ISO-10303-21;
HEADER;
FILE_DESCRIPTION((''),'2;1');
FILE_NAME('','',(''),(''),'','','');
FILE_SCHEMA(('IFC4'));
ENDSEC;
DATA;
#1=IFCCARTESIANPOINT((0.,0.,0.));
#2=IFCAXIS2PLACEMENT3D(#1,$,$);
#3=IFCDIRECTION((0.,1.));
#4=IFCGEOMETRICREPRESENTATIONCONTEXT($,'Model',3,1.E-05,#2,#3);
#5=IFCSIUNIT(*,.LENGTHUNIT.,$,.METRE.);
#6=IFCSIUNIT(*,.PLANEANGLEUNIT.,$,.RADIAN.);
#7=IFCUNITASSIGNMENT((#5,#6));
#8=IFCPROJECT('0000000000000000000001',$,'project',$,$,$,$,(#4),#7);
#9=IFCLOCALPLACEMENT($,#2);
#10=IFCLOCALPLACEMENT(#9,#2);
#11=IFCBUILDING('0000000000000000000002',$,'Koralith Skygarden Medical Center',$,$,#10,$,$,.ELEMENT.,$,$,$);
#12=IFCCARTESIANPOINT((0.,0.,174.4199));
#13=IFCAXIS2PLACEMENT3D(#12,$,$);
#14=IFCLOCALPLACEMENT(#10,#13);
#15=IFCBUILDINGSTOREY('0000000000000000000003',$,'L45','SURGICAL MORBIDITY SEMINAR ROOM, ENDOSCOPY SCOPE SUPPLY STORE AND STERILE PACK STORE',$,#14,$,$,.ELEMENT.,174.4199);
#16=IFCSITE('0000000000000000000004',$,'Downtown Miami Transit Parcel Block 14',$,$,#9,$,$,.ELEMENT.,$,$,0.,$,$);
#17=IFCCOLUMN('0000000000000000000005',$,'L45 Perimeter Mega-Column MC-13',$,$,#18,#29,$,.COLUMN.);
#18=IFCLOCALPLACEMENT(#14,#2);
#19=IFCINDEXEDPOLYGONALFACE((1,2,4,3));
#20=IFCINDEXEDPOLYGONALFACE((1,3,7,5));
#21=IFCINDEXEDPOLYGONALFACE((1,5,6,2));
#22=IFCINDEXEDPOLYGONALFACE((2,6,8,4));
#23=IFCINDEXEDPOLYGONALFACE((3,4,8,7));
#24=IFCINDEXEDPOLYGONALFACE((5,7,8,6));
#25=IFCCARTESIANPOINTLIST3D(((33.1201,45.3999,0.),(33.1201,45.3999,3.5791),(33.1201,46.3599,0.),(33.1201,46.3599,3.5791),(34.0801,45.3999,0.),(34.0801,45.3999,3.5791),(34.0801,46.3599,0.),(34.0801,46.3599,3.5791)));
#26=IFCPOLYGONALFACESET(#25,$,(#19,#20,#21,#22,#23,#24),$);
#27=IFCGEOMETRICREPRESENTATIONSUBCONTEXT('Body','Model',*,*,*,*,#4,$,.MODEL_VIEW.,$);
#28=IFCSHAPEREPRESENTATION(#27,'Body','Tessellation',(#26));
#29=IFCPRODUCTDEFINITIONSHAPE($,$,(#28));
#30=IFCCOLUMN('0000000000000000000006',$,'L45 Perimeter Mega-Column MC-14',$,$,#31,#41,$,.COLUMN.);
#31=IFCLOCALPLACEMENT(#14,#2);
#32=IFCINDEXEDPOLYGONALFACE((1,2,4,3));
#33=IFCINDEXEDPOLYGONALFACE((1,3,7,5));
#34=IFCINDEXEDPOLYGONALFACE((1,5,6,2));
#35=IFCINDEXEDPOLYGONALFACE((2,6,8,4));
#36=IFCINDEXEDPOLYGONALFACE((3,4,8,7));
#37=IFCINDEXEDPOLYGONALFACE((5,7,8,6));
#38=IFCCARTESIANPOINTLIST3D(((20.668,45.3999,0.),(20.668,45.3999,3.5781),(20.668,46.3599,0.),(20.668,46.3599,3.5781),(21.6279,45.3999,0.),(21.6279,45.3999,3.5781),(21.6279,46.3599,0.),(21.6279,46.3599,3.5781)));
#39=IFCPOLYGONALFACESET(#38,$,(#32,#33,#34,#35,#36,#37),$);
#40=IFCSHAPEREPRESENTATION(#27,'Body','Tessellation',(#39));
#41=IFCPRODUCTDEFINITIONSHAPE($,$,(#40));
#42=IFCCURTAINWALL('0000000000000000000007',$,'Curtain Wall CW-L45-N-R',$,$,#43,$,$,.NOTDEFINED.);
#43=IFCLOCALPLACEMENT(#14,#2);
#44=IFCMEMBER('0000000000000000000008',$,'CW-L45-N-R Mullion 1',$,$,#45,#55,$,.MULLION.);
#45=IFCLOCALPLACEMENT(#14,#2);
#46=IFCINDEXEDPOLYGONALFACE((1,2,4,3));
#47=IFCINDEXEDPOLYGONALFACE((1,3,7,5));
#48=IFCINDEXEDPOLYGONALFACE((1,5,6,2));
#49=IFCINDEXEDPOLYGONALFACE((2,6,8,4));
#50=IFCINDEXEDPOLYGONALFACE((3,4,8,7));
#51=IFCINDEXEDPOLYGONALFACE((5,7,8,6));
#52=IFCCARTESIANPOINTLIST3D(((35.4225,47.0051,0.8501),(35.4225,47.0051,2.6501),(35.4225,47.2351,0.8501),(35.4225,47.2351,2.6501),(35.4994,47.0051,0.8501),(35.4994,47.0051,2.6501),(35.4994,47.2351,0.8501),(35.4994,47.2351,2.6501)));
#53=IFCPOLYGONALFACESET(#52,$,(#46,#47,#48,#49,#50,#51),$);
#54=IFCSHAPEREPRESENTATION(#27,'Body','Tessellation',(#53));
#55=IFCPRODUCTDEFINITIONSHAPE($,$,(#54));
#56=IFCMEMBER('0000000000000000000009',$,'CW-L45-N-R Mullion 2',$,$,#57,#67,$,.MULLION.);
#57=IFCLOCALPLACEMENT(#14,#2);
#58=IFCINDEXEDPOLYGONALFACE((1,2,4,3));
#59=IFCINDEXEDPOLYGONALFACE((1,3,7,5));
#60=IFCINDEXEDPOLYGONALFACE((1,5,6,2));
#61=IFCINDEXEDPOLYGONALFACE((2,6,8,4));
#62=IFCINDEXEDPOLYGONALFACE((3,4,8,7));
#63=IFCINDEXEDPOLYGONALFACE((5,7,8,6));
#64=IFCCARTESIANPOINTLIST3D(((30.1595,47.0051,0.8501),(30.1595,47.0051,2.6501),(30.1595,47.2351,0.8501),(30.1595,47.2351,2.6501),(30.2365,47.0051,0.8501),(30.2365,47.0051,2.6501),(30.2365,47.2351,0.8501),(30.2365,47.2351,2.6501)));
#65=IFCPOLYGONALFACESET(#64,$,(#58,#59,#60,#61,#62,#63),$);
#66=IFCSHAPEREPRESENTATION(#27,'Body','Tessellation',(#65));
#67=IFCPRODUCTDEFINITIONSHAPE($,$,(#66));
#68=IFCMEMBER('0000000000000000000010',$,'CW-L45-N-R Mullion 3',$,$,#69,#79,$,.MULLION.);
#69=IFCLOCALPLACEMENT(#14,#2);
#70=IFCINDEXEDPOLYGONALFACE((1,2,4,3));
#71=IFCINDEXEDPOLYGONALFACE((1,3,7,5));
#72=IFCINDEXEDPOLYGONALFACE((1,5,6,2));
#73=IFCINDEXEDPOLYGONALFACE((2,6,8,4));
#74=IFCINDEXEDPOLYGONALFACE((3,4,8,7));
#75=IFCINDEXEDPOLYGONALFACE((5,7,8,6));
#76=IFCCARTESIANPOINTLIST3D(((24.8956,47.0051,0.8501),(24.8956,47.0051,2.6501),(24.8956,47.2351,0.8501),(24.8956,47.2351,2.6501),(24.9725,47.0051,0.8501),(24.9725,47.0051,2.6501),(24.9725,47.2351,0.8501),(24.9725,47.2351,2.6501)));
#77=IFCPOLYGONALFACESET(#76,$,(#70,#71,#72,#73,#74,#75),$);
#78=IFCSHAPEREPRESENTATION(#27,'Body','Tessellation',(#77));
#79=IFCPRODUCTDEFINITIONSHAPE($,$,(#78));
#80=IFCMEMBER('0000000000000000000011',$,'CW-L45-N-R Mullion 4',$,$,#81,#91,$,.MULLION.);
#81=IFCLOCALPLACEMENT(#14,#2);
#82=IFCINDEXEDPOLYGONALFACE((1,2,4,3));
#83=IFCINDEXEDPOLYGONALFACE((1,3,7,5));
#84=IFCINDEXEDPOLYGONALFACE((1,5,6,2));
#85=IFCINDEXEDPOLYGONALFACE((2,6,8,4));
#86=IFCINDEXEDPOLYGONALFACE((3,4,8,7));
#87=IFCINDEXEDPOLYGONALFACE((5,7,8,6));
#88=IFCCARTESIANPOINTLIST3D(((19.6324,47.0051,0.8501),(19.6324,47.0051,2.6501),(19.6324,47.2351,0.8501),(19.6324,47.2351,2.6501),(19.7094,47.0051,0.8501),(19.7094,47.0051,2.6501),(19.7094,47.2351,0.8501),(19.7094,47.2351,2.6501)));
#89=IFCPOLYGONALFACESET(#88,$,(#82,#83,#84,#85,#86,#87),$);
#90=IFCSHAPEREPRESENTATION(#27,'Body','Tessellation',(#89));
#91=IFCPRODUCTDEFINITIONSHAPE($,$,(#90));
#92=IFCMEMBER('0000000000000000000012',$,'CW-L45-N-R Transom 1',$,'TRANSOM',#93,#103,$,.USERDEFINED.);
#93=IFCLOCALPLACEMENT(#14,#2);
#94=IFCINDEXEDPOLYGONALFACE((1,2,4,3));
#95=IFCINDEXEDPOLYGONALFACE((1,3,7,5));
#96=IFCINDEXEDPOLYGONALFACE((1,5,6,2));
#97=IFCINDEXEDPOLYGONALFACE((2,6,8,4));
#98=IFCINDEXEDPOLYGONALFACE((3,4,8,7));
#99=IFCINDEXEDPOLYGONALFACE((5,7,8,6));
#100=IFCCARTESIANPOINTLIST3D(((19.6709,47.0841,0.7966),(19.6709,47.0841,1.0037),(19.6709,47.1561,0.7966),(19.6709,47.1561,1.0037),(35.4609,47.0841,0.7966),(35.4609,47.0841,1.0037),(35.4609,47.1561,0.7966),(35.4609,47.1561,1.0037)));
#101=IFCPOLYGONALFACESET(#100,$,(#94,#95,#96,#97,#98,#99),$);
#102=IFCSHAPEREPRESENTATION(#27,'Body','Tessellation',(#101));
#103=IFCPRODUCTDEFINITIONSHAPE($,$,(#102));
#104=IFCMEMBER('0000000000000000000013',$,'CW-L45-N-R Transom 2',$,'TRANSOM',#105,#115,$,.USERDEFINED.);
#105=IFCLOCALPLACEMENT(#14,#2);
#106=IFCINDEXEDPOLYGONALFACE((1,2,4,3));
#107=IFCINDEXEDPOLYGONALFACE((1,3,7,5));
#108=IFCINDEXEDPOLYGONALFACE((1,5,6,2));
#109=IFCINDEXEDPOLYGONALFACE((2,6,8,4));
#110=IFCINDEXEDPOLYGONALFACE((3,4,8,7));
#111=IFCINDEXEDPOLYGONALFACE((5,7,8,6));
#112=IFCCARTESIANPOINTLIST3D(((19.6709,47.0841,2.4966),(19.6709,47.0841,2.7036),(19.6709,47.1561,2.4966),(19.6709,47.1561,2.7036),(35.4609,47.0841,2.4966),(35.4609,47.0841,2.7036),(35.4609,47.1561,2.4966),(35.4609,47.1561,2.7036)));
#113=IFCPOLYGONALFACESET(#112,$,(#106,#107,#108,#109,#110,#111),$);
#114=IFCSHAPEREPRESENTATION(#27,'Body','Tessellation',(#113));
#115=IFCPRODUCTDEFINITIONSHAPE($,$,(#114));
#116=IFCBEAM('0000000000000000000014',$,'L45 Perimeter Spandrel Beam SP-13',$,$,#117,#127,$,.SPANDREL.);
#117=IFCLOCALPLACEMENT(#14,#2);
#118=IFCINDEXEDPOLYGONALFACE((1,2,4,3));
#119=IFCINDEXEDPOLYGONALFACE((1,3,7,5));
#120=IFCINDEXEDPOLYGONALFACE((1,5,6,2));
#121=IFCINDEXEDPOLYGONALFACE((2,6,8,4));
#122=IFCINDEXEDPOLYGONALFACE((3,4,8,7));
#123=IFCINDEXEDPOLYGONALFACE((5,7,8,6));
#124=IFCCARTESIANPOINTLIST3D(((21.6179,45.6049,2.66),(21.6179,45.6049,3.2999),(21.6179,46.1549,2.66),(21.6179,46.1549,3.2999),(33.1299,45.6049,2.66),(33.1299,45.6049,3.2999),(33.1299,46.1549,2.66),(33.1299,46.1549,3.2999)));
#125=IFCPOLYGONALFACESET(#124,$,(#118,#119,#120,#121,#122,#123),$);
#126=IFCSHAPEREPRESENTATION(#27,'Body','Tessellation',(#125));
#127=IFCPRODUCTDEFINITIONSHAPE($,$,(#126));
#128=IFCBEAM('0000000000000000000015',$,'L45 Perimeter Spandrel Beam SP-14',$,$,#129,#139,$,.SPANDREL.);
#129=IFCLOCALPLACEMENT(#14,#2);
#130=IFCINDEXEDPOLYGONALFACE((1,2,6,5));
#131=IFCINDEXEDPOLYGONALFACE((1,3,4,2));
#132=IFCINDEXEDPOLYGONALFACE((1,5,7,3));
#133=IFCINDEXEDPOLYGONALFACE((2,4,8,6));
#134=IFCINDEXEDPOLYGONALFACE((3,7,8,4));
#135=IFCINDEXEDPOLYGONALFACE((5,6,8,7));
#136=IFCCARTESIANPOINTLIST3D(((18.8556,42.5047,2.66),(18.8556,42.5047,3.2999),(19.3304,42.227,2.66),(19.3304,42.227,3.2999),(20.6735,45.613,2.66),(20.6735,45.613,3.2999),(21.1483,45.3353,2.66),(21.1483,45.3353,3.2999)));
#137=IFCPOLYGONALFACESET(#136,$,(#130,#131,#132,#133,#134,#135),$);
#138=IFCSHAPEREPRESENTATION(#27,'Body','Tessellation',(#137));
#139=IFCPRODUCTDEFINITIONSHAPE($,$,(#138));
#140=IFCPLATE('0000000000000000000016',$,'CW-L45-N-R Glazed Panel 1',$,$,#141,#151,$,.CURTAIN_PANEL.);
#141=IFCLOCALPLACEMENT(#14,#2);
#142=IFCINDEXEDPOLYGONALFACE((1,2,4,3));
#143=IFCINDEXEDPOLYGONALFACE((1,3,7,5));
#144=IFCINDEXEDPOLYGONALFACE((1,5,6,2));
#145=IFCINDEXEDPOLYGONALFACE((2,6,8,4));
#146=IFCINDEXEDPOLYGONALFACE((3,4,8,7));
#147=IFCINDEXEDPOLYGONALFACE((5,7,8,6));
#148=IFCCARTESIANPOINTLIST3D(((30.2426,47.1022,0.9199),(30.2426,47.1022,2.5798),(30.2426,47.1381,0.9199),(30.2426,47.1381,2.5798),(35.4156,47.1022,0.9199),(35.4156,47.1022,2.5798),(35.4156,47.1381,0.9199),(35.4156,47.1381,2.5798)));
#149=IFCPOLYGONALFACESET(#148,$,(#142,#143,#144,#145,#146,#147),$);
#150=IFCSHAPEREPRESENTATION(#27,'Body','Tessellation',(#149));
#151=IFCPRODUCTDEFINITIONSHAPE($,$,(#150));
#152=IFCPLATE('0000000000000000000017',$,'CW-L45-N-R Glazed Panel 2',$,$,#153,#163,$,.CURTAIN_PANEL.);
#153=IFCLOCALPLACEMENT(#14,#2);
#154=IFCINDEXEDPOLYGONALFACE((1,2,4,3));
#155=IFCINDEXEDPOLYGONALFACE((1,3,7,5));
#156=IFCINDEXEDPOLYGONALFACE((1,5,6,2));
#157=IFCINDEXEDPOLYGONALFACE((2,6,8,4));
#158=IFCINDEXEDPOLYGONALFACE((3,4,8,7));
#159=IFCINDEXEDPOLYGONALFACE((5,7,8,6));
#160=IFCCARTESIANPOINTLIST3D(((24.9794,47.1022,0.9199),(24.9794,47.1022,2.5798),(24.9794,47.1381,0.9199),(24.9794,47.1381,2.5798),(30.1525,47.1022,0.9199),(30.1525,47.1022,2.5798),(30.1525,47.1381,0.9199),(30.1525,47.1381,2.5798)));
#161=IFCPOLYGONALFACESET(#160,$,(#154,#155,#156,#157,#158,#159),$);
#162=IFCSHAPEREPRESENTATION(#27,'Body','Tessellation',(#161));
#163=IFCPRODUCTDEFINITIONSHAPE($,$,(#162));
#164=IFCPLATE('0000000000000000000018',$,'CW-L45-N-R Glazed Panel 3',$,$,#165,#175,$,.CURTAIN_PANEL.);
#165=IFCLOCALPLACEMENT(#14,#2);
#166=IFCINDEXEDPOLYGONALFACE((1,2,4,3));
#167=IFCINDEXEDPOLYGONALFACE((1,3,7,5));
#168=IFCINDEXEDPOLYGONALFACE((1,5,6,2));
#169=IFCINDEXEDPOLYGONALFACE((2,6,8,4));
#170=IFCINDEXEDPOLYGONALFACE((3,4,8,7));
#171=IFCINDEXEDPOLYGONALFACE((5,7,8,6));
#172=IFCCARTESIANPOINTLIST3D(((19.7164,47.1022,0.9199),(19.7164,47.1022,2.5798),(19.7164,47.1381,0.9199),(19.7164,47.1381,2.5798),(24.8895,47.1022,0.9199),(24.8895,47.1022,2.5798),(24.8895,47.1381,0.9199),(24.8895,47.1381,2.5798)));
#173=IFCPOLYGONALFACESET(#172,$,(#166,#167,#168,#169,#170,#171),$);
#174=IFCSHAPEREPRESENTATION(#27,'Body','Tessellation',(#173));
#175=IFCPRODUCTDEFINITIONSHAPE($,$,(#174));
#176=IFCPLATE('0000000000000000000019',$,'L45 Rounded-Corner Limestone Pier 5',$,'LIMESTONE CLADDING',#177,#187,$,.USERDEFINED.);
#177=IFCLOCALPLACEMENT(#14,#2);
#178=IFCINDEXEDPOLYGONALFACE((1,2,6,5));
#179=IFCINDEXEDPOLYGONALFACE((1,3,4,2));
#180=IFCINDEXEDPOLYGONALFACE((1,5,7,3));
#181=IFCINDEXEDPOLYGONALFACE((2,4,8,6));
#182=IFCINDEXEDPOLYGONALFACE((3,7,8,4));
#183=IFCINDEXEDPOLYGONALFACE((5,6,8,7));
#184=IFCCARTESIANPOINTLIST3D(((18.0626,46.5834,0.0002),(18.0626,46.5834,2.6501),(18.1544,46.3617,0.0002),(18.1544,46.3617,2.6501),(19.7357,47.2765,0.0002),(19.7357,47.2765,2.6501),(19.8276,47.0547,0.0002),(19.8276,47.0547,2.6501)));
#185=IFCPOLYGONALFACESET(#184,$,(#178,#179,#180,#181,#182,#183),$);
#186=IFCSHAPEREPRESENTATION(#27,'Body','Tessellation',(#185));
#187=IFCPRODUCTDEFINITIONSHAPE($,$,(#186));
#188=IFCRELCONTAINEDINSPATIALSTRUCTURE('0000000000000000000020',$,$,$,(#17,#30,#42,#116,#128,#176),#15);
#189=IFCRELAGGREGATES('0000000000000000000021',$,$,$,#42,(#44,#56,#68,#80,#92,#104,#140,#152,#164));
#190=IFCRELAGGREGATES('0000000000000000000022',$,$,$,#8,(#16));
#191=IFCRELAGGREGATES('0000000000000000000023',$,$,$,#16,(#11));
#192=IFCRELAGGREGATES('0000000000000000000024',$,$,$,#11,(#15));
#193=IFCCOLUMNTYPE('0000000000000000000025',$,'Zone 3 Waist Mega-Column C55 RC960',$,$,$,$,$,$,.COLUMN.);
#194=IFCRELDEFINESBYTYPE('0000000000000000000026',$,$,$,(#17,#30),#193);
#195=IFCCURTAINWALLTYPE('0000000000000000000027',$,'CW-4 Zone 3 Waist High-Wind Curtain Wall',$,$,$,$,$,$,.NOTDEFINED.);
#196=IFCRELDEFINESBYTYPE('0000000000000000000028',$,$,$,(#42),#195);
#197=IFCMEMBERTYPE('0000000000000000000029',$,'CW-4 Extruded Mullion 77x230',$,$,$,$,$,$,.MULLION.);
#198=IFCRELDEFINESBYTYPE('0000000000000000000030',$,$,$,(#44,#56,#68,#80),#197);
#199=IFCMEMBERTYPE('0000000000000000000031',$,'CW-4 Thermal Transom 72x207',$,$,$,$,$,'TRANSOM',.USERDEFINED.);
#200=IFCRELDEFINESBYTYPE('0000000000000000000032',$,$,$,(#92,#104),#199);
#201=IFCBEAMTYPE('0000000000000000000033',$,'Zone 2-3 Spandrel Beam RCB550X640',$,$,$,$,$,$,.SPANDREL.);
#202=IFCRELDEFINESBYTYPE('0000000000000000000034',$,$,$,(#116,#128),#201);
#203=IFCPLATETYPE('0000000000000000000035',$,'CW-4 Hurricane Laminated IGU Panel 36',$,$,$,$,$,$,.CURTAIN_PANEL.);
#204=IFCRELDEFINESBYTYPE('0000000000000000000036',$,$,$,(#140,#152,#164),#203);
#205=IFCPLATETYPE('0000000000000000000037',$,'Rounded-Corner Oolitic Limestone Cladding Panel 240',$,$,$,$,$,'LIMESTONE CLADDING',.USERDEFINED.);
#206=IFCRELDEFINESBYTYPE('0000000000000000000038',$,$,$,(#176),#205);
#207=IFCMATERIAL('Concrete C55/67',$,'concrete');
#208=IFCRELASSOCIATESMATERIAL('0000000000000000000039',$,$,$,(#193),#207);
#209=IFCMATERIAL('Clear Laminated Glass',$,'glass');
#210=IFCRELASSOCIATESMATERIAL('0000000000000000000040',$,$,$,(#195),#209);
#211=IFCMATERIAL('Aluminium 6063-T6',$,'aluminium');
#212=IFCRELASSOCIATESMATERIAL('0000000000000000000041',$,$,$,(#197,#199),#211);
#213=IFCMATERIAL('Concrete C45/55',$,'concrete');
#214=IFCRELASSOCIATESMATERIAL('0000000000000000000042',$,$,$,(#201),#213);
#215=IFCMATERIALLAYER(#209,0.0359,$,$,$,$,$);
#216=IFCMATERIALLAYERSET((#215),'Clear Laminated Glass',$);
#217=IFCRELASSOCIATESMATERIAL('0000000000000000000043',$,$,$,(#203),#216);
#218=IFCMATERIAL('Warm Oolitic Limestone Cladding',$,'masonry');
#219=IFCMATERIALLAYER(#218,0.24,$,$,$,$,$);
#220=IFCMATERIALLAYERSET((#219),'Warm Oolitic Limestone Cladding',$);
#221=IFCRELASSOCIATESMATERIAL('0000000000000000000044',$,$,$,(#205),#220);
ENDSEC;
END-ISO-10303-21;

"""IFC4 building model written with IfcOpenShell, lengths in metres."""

from ifc_helpers import new_model, si_unit, direction, frame, origin, origin_2d, place, context, subcontext, project, spatial, rectangle, extrude, material, layer, layer_set, material_profile, profile_set, type_object, element, aggregate, save


model = new_model("IFC4")

# Units and contexts
model_context = context("Model", 3, precision=1e-05, world=origin(), true_north=direction((0.0, 1.0)))
body_context = subcontext(model_context, "Body", "Model", "MODEL_VIEW")
ifc_project = project(units=[si_unit("LENGTHUNIT", "METRE"), si_unit("PLANEANGLEUNIT", "RADIAN")], contexts=[model_context])

# Site, building, storey
site_placement = place(None, origin())
site = spatial("IfcSite", under=ifc_project, at=site_placement, Name="Downtown Miami Transit Parcel Block 14", CompositionType="ELEMENT", RefElevation=0.0)
building_placement = place(site_placement, origin())
building = spatial("IfcBuilding", under=site, at=building_placement, Name="Koralith Skygarden Medical Center", CompositionType="ELEMENT")
storey_placement = place(building_placement, frame((0.0, 0.0, 174.4199)))
storey = spatial("IfcBuildingStorey", under=building, at=storey_placement, Name="L45", Description="SURGICAL MORBIDITY SEMINAR ROOM, ENDOSCOPY SCOPE SUPPLY STORE AND STERILE PACK STORE", CompositionType="ELEMENT", Elevation=174.4199)

# Columns
ifc_material_1 = material(Name="Concrete C55/67", Category="concrete")
ifc_material_profile_1 = material_profile(ifc_material_1, rectangle(XDim=0.96, YDim=0.96, at=origin_2d()), Name="RC960X960")
ifc_profile_set_1 = profile_set([ifc_material_profile_1], Name="Concrete C55/67")
column_type = type_object("IfcColumnType", Name="Zone 3 Waist Mega-Column C55 RC960", PredefinedType="COLUMN", material=ifc_profile_set_1)
column_1_placement = place(storey_placement, frame((33.6001, 45.8799, 0.0), z_axis=(0.0, 0.0, 1.0), x_axis=(1.0, 0.0, 0.0)))
element("IfcColumn", 1, at=column_1_placement, inside=storey, type_object=column_type, Name="L45 Perimeter Mega-Column MC-13", PredefinedType="COLUMN", context=body_context, shape_type="SweptSolid", body=[
    extrude(rectangle(XDim=0.96, YDim=0.96, at=origin_2d()), origin(), (0.0, 0.0, 1.0), 3.5791),
])
column_2_placement = place(storey_placement, frame((21.1479, 45.8799, 0.0), z_axis=(0.0, 0.0, 1.0), x_axis=(1.0, 0.0, 0.0)))
element("IfcColumn", 2, at=column_2_placement, inside=storey, type_object=column_type, Name="L45 Perimeter Mega-Column MC-14", PredefinedType="COLUMN", context=body_context, shape_type="SweptSolid", body=[
    extrude(rectangle(XDim=0.96, YDim=0.96, at=origin_2d()), origin(), (0.0, 0.0, 1.0), 3.5781),
])

# Curtain wall, members
ifc_material_2 = material(Name="Clear Laminated Glass", Category="glass")
curtain_wall_type = type_object("IfcCurtainWallType", Name="CW-4 Zone 3 Waist High-Wind Curtain Wall", PredefinedType="NOTDEFINED", material=ifc_material_2)
curtain_wall_placement = place(storey_placement, origin())
curtain_wall = element("IfcCurtainWall", 3, at=curtain_wall_placement, inside=storey, type_object=curtain_wall_type, Name="Curtain Wall CW-L45-N-R", PredefinedType="NOTDEFINED")
ifc_material_3 = material(Name="Aluminium 6063-T6", Category="aluminium")
ifc_material_profile_2 = material_profile(ifc_material_3, rectangle(XDim=0.0769, YDim=0.23, at=origin_2d()), Name="MUL77X230")
ifc_profile_set_2 = profile_set([ifc_material_profile_2], Name="Aluminium 6063-T6")
member_type_1 = type_object("IfcMemberType", Name="CW-4 Extruded Mullion 77x230", PredefinedType="MULLION", material=ifc_profile_set_2)
member_1_placement = place(storey_placement, frame((35.4609, 47.1201, 0.8501), z_axis=(0.0, 0.0, 1.0), x_axis=(1.0, 0.0, 0.0)))
member_1 = element("IfcMember", 4, at=member_1_placement, type_object=member_type_1, Name="CW-L45-N-R Mullion 1", PredefinedType="MULLION", context=body_context, shape_type="SweptSolid", body=[
    extrude(rectangle(XDim=0.0769, YDim=0.23, at=origin_2d()), origin(), (0.0, 0.0, 1.0), 1.8),
])
member_2_placement = place(storey_placement, frame((30.198, 47.1201, 0.8501), z_axis=(0.0, 0.0, 1.0), x_axis=(1.0, 0.0, 0.0)))
member_2 = element("IfcMember", 5, at=member_2_placement, type_object=member_type_1, Name="CW-L45-N-R Mullion 2", PredefinedType="MULLION", context=body_context, shape_type="SweptSolid", body=[
    extrude(rectangle(XDim=0.0769, YDim=0.23, at=origin_2d()), origin(), (0.0, 0.0, 1.0), 1.8),
])
member_3_placement = place(storey_placement, frame((24.9341, 47.1201, 0.8501), z_axis=(0.0, 0.0, 1.0), x_axis=(1.0, 0.0, 0.0)))
member_3 = element("IfcMember", 6, at=member_3_placement, type_object=member_type_1, Name="CW-L45-N-R Mullion 3", PredefinedType="MULLION", context=body_context, shape_type="SweptSolid", body=[
    extrude(rectangle(XDim=0.0769, YDim=0.23, at=origin_2d()), origin(), (0.0, 0.0, 1.0), 1.8),
])
member_4_placement = place(storey_placement, frame((19.6709, 47.1201, 0.8501), z_axis=(0.0, 0.0, 1.0), x_axis=(1.0, 0.0, 0.0)))
member_4 = element("IfcMember", 7, at=member_4_placement, type_object=member_type_1, Name="CW-L45-N-R Mullion 4", PredefinedType="MULLION", context=body_context, shape_type="SweptSolid", body=[
    extrude(rectangle(XDim=0.0769, YDim=0.23, at=origin_2d()), origin(), (0.0, 0.0, 1.0), 1.8),
])
ifc_material_profile_3 = material_profile(ifc_material_3, rectangle(XDim=0.072, YDim=0.207, at=origin_2d()), Name="TRN72X207")
ifc_profile_set_3 = profile_set([ifc_material_profile_3], Name="Aluminium 6063-T6")
member_type_2 = type_object("IfcMemberType", Name="CW-4 Thermal Transom 72x207", ElementType="TRANSOM", PredefinedType="USERDEFINED", material=ifc_profile_set_3)
member_5_placement = place(storey_placement, frame((35.4609, 47.1201, 0.9001), z_axis=(-1.0, 0.0, 0.0), x_axis=(0.0, -1.0, 0.0)))
member_5 = element("IfcMember", 8, at=member_5_placement, type_object=member_type_2, Name="CW-L45-N-R Transom 1", ObjectType="TRANSOM", PredefinedType="USERDEFINED", context=body_context, shape_type="SweptSolid", body=[
    extrude(rectangle(XDim=0.072, YDim=0.207, at=origin_2d()), origin(), (0.0, 0.0, 1.0), 15.79),
])
member_6_placement = place(storey_placement, frame((35.4609, 47.1201, 2.6001), z_axis=(-1.0, 0.0, 0.0), x_axis=(0.0, -1.0, 0.0)))
member_6 = element("IfcMember", 9, at=member_6_placement, type_object=member_type_2, Name="CW-L45-N-R Transom 2", ObjectType="TRANSOM", PredefinedType="USERDEFINED", context=body_context, shape_type="SweptSolid", body=[
    extrude(rectangle(XDim=0.072, YDim=0.207, at=origin_2d()), origin(), (0.0, 0.0, 1.0), 15.79),
])

# Beams
ifc_material_4 = material(Name="Concrete C45/55", Category="concrete")
ifc_material_profile_4 = material_profile(ifc_material_4, rectangle(XDim=0.55, YDim=0.6399, at=origin_2d()), Name="RCB550X640")
ifc_profile_set_4 = profile_set([ifc_material_profile_4], Name="Concrete C45/55")
beam_type = type_object("IfcBeamType", Name="Zone 2-3 Spandrel Beam RCB550X640", PredefinedType="SPANDREL", material=ifc_profile_set_4)
beam_1_placement = place(storey_placement, frame((33.1299, 45.8799, 2.98), z_axis=(-1.0, 0.0, 0.0), x_axis=(0.0, -1.0, 0.0)))
element("IfcBeam", 10, at=beam_1_placement, inside=storey, type_object=beam_type, Name="L45 Perimeter Spandrel Beam SP-13", PredefinedType="SPANDREL", context=body_context, shape_type="SweptSolid", body=[
    extrude(rectangle(XDim=0.55, YDim=0.6399, at=origin_2d()), origin(), (0.0, 0.0, 1.0), 11.512),
])
beam_2_placement = place(storey_placement, frame((20.9109, 45.4741, 2.98), z_axis=(-0.504861, -0.8632, 0.0), x_axis=(0.8632, -0.504861, 0.0)))
element("IfcBeam", 11, at=beam_2_placement, inside=storey, type_object=beam_type, Name="L45 Perimeter Spandrel Beam SP-14", PredefinedType="SPANDREL", context=body_context, shape_type="SweptSolid", body=[
    extrude(rectangle(XDim=0.55, YDim=0.6399, at=origin_2d()), origin(), (0.0, 0.0, 1.0), 3.6008),
])

# Plates
ifc_layer_1 = layer(ifc_material_2, 0.0359)
ifc_layer_set_1 = layer_set([ifc_layer_1], Name="Clear Laminated Glass")
plate_type_1 = type_object("IfcPlateType", Name="CW-4 Hurricane Laminated IGU Panel 36", PredefinedType="CURTAIN_PANEL", material=ifc_layer_set_1)
plate_1_placement = place(storey_placement, frame((32.8291, 47.1201, 0.9199), z_axis=(0.0, 0.0, 1.0), x_axis=(-1.0, 0.0, 0.0)))
plate_1 = element("IfcPlate", 12, at=plate_1_placement, type_object=plate_type_1, Name="CW-L45-N-R Glazed Panel 1", PredefinedType="CURTAIN_PANEL", context=body_context, shape_type="SweptSolid", body=[
    extrude(rectangle(XDim=5.1731, YDim=0.0359, at=origin_2d()), origin(), (0.0, 0.0, 1.0), 1.6599),
])
plate_2_placement = place(storey_placement, frame((27.5659, 47.1201, 0.9199), z_axis=(0.0, 0.0, 1.0), x_axis=(-1.0, 0.0, 0.0)))
plate_2 = element("IfcPlate", 13, at=plate_2_placement, type_object=plate_type_1, Name="CW-L45-N-R Glazed Panel 2", PredefinedType="CURTAIN_PANEL", context=body_context, shape_type="SweptSolid", body=[
    extrude(rectangle(XDim=5.1731, YDim=0.0359, at=origin_2d()), origin(), (0.0, 0.0, 1.0), 1.6599),
])
plate_3_placement = place(storey_placement, frame((22.303, 47.1201, 0.9199), z_axis=(0.0, 0.0, 1.0), x_axis=(-1.0, 0.0, 0.0)))
plate_3 = element("IfcPlate", 14, at=plate_3_placement, type_object=plate_type_1, Name="CW-L45-N-R Glazed Panel 3", PredefinedType="CURTAIN_PANEL", context=body_context, shape_type="SweptSolid", body=[
    extrude(rectangle(XDim=5.1731, YDim=0.0359, at=origin_2d()), origin(), (0.0, 0.0, 1.0), 1.6599),
])
aggregate(curtain_wall, [member_1, member_2, member_3, member_4, member_5, member_6, plate_1, plate_2, plate_3])
ifc_material_5 = material(Name="Warm Oolitic Limestone Cladding", Category="masonry")
ifc_layer_2 = layer(ifc_material_5, 0.24)
ifc_layer_set_2 = layer_set([ifc_layer_2], Name="Warm Oolitic Limestone Cladding")
plate_type_2 = type_object("IfcPlateType", Name="Rounded-Corner Oolitic Limestone Cladding Panel 240", ElementType="LIMESTONE CLADDING", PredefinedType="USERDEFINED", material=ifc_layer_set_2)
plate_4_placement = place(storey_placement, frame((18.9451, 46.8191, 0.0002), z_axis=(0.0, 0.0, 1.0), x_axis=(-0.923885, -0.382671, 0.0)))
element("IfcPlate", 15, at=plate_4_placement, inside=storey, type_object=plate_type_2, Name="L45 Rounded-Corner Limestone Pier 5", ObjectType="LIMESTONE CLADDING", PredefinedType="USERDEFINED", context=body_context, shape_type="SweptSolid", body=[
    extrude(rectangle(XDim=1.811, YDim=0.24, at=origin_2d()), origin(), (0.0, 0.0, 1.0), 2.6499),
])

save(model, "model.ifc")
